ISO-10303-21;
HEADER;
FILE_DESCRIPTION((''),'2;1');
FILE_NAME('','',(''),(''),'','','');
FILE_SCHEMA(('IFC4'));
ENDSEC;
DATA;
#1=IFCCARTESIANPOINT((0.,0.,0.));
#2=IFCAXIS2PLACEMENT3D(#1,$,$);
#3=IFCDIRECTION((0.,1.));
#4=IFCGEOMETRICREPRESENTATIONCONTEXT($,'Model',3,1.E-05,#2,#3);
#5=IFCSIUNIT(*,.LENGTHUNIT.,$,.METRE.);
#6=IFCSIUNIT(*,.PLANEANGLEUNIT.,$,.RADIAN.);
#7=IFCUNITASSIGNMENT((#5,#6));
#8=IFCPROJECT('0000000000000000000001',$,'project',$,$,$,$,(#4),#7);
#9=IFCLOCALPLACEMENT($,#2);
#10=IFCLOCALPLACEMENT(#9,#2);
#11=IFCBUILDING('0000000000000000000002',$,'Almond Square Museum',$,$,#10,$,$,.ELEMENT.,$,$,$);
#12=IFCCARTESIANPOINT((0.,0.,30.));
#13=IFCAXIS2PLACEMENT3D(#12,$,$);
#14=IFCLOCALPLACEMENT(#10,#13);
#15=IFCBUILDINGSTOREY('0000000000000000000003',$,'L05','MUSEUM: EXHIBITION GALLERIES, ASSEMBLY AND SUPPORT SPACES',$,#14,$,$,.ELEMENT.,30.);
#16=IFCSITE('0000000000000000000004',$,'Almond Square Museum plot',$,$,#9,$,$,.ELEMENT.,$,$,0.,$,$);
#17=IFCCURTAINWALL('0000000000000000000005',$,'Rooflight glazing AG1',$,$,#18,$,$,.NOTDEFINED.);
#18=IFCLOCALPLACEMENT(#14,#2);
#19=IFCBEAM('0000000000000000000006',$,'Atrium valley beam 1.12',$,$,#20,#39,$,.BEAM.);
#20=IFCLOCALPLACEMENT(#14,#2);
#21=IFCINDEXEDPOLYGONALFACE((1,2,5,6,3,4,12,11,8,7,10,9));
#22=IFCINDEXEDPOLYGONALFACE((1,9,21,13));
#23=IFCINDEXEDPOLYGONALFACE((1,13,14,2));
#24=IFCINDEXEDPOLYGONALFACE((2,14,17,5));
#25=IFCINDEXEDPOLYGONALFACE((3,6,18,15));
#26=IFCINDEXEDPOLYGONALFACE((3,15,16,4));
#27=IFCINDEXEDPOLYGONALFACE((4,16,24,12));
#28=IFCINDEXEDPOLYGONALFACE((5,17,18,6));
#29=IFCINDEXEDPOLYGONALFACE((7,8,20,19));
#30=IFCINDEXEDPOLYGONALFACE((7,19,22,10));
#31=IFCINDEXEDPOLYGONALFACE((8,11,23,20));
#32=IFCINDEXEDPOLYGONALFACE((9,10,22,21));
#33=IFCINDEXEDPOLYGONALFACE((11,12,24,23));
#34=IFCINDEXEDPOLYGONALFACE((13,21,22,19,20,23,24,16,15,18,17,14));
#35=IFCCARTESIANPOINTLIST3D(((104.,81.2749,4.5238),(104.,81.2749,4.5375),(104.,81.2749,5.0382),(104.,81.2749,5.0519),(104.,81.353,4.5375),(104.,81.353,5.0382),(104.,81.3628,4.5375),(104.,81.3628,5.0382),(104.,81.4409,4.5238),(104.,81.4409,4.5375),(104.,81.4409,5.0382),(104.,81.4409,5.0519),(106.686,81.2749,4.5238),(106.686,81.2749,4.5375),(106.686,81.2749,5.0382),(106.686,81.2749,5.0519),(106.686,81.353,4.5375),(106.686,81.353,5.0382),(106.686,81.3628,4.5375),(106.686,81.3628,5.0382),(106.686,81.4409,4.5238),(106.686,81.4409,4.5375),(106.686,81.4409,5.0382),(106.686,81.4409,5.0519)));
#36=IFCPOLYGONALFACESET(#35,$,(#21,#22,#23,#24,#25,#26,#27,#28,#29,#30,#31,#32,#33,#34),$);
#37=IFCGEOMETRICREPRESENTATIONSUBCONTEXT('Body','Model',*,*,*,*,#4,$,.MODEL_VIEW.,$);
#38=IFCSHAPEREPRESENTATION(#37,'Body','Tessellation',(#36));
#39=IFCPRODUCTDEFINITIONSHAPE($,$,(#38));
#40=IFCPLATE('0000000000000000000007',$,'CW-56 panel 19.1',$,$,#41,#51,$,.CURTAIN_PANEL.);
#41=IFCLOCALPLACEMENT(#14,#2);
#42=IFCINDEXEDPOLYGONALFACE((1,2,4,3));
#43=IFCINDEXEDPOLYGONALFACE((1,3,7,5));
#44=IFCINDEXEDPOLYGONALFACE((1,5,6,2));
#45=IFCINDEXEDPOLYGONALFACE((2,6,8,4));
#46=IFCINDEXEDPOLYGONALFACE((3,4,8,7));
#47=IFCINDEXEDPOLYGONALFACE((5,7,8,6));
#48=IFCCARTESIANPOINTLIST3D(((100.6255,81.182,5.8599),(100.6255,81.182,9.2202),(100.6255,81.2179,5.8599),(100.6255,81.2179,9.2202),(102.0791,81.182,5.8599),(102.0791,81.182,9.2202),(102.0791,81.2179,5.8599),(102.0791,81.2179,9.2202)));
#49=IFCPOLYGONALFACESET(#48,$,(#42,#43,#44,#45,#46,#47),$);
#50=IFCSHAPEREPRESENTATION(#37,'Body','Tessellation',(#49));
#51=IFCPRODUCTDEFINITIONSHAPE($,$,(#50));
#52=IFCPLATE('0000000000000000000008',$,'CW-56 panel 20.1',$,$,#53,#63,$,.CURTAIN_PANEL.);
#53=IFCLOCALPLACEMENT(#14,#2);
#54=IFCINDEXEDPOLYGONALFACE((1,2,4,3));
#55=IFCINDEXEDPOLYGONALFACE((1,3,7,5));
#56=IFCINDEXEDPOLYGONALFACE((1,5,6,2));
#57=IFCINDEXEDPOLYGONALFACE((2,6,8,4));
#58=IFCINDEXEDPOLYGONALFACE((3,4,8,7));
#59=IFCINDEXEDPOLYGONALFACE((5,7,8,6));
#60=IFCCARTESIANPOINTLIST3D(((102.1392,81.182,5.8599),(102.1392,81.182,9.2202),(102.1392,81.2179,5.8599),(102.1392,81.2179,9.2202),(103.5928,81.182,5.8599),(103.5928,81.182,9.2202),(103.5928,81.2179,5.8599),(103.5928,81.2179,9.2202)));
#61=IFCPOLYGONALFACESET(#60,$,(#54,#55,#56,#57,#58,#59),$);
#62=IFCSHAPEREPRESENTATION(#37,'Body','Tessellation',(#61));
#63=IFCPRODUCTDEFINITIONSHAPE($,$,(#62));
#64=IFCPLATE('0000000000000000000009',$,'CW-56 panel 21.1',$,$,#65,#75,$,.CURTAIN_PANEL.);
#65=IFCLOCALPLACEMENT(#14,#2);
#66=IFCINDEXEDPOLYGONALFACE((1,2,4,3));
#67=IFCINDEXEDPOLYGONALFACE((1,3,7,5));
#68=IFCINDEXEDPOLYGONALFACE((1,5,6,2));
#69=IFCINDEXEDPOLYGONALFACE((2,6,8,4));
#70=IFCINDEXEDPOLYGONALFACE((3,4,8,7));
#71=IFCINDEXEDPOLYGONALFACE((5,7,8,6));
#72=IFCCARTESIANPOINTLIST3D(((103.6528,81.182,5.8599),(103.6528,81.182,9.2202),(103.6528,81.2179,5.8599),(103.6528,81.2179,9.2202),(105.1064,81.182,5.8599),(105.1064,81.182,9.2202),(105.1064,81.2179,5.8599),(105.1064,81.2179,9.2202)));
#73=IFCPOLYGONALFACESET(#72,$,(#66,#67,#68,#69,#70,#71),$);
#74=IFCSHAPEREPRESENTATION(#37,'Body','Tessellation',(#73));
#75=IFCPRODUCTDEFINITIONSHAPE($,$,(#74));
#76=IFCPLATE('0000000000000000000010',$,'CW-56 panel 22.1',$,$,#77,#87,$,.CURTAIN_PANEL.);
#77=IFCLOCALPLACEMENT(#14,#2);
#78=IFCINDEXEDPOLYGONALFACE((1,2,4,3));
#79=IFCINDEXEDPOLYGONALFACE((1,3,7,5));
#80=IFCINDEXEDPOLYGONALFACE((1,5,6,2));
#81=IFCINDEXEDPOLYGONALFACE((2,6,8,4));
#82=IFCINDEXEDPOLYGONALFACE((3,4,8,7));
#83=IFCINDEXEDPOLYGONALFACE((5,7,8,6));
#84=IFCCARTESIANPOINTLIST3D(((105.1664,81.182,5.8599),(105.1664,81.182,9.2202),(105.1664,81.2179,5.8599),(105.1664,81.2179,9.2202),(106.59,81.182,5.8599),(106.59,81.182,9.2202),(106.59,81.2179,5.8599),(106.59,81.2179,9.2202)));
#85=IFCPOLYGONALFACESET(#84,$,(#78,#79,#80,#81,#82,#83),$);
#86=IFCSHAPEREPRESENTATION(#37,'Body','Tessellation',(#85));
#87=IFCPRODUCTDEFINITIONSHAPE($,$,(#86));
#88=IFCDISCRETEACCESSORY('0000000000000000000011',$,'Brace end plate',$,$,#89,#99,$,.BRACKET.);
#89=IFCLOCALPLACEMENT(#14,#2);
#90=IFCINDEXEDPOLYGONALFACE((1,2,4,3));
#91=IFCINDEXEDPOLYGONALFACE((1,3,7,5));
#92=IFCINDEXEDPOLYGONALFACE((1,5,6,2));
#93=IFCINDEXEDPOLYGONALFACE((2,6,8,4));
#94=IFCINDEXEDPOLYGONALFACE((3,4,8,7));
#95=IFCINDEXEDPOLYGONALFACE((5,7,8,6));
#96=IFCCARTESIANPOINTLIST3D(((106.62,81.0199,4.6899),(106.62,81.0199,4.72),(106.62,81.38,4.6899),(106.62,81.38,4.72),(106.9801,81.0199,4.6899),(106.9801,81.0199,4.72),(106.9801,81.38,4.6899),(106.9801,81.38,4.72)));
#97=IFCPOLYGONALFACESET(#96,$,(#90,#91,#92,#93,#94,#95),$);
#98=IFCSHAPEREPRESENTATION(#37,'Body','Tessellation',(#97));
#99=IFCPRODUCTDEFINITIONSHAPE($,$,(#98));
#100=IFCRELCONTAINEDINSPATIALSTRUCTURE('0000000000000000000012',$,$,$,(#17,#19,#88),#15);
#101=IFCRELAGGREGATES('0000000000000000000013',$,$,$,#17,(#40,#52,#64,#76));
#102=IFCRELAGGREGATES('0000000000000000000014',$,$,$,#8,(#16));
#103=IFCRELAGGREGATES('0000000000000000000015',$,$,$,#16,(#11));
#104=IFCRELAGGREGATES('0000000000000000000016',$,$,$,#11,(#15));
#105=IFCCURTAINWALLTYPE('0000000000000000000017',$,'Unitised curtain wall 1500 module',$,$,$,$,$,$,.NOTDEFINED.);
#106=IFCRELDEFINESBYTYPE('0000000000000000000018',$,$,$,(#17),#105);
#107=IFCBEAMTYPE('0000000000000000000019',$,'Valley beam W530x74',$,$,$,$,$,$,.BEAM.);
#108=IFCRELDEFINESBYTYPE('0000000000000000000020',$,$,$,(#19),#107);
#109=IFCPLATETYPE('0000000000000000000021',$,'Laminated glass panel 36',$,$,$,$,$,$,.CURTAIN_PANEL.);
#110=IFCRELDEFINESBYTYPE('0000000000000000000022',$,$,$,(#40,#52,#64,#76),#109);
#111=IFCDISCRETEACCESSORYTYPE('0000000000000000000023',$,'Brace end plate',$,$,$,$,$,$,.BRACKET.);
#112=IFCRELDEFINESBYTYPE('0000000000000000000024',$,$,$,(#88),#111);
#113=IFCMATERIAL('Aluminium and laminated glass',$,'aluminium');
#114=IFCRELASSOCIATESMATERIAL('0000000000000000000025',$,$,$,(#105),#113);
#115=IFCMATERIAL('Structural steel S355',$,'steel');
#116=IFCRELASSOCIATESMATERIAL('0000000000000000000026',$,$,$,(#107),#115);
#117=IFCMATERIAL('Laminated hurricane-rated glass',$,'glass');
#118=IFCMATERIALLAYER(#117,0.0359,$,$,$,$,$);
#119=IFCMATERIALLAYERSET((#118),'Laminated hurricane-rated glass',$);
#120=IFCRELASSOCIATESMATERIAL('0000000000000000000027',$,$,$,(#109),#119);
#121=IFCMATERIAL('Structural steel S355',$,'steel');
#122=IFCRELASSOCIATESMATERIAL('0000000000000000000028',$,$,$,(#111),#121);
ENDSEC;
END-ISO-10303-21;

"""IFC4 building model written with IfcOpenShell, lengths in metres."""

from ifc_helpers import new_model, si_unit, direction, frame, origin, origin_2d, place, context, subcontext, project, spatial, rectangle, i_section, extrude, material, layer, layer_set, material_profile, profile_set, type_object, element, aggregate, save


model = new_model("IFC4")

# Units and contexts
model_context = context("Model", 3, precision=1e-05, world=origin(), true_north=direction((0.0, 1.0)))
body_context = subcontext(model_context, "Body", "Model", "MODEL_VIEW")
ifc_project = project(units=[si_unit("LENGTHUNIT", "METRE"), si_unit("PLANEANGLEUNIT", "RADIAN")], contexts=[model_context])

# Site, building, storey
site_placement = place(None, origin())
site = spatial("IfcSite", under=ifc_project, at=site_placement, Name="Almond Square Museum plot", CompositionType="ELEMENT", RefElevation=0.0)
building_placement = place(site_placement, origin())
building = spatial("IfcBuilding", under=site, at=building_placement, Name="Almond Square Museum", CompositionType="ELEMENT")
storey_placement = place(building_placement, frame((0.0, 0.0, 30.0)))
storey = spatial("IfcBuildingStorey", under=building, at=storey_placement, Name="L05", Description="MUSEUM: EXHIBITION GALLERIES, ASSEMBLY AND SUPPORT SPACES", CompositionType="ELEMENT", Elevation=30.0)

# Curtain wall
ifc_material_1 = material(Name="Aluminium and laminated glass", Category="aluminium")
curtain_wall_type = type_object("IfcCurtainWallType", Name="Unitised curtain wall 1500 module", PredefinedType="NOTDEFINED", material=ifc_material_1)
curtain_wall_placement = place(storey_placement, origin())
curtain_wall = element("IfcCurtainWall", 1, at=curtain_wall_placement, inside=storey, type_object=curtain_wall_type, Name="Rooflight glazing AG1", PredefinedType="NOTDEFINED")

# Beam
ifc_material_2 = material(Name="Structural steel S355", Category="steel")
ifc_material_profile_1 = material_profile(ifc_material_2, i_section(OverallWidth=0.166, OverallDepth=0.5281, WebThickness=0.0098, FlangeThickness=0.0137, at=origin_2d()))
ifc_profile_set_1 = profile_set([ifc_material_profile_1], Name="Structural steel S355")
beam_type = type_object("IfcBeamType", Name="Valley beam W530x74", PredefinedType="BEAM", material=ifc_profile_set_1)
beam_placement = place(storey_placement, frame((104.0, 81.3579, 4.7878), z_axis=(1.0, 0.0, 0.0), x_axis=(0.0, 1.0, 0.0)))
element("IfcBeam", 2, at=beam_placement, inside=storey, type_object=beam_type, Name="Atrium valley beam 1.12", PredefinedType="BEAM", context=body_context, shape_type="SweptSolid", body=[
    extrude(i_section(OverallWidth=0.166, OverallDepth=0.5281, WebThickness=0.0098, FlangeThickness=0.0137, at=origin_2d()), origin(), (0.0, 0.0, 1.0), 2.686),
])

# Plates
ifc_material_3 = material(Name="Laminated hurricane-rated glass", Category="glass")
ifc_layer = layer(ifc_material_3, 0.0359)
ifc_layer_set = layer_set([ifc_layer], Name="Laminated hurricane-rated glass")
plate_type = type_object("IfcPlateType", Name="Laminated glass panel 36", PredefinedType="CURTAIN_PANEL", material=ifc_layer_set)
plate_1_placement = place(storey_placement, frame((101.3523, 81.2, 5.8599), z_axis=(0.0, 0.0, 1.0), x_axis=(1.0, 0.0, 0.0)))
plate_1 = element("IfcPlate", 3, at=plate_1_placement, type_object=plate_type, Name="CW-56 panel 19.1", PredefinedType="CURTAIN_PANEL", context=body_context, shape_type="SweptSolid", body=[
    extrude(rectangle(XDim=1.4536, YDim=0.0359, at=origin_2d()), origin(), (0.0, 0.0, 1.0), 3.3604),
])
plate_2_placement = place(storey_placement, frame((102.866, 81.2, 5.8599), z_axis=(0.0, 0.0, 1.0), x_axis=(1.0, 0.0, 0.0)))
plate_2 = element("IfcPlate", 4, at=plate_2_placement, type_object=plate_type, Name="CW-56 panel 20.1", PredefinedType="CURTAIN_PANEL", context=body_context, shape_type="SweptSolid", body=[
    extrude(rectangle(XDim=1.4536, YDim=0.0359, at=origin_2d()), origin(), (0.0, 0.0, 1.0), 3.3604),
])
plate_3_placement = place(storey_placement, frame((104.3796, 81.2, 5.8599), z_axis=(0.0, 0.0, 1.0), x_axis=(1.0, 0.0, 0.0)))
plate_3 = element("IfcPlate", 5, at=plate_3_placement, type_object=plate_type, Name="CW-56 panel 21.1", PredefinedType="CURTAIN_PANEL", context=body_context, shape_type="SweptSolid", body=[
    extrude(rectangle(XDim=1.4536, YDim=0.0359, at=origin_2d()), origin(), (0.0, 0.0, 1.0), 3.3604),
])
plate_4_placement = place(storey_placement, frame((105.8782, 81.2, 5.8599), z_axis=(0.0, 0.0, 1.0), x_axis=(1.0, 0.0, 0.0)))
plate_4 = element("IfcPlate", 6, at=plate_4_placement, type_object=plate_type, Name="CW-56 panel 22.1", PredefinedType="CURTAIN_PANEL", context=body_context, shape_type="SweptSolid", body=[
    extrude(rectangle(XDim=1.4236, YDim=0.0359, at=origin_2d()), origin(), (0.0, 0.0, 1.0), 3.3604),
])
aggregate(curtain_wall, [plate_1, plate_2, plate_3, plate_4])

# Discrete accessory
ifc_material_4 = material(Name="Structural steel S355", Category="steel")
discrete_accessory_type = type_object("IfcDiscreteAccessoryType", Name="Brace end plate", PredefinedType="BRACKET", material=ifc_material_4)
discrete_accessory_placement = place(storey_placement, frame((106.8, 81.2, 4.6899), z_axis=(0.0, 0.0, 1.0), x_axis=(1.0, 0.0, 0.0)))
element("IfcDiscreteAccessory", 7, at=discrete_accessory_placement, inside=storey, type_object=discrete_accessory_type, Name="Brace end plate", PredefinedType="BRACKET", context=body_context, shape_type="SweptSolid", body=[
    extrude(rectangle(XDim=0.3601, YDim=0.3601, at=origin_2d()), origin(), (0.0, 0.0, 1.0), 0.03),
])

save(model, "model.ifc")
